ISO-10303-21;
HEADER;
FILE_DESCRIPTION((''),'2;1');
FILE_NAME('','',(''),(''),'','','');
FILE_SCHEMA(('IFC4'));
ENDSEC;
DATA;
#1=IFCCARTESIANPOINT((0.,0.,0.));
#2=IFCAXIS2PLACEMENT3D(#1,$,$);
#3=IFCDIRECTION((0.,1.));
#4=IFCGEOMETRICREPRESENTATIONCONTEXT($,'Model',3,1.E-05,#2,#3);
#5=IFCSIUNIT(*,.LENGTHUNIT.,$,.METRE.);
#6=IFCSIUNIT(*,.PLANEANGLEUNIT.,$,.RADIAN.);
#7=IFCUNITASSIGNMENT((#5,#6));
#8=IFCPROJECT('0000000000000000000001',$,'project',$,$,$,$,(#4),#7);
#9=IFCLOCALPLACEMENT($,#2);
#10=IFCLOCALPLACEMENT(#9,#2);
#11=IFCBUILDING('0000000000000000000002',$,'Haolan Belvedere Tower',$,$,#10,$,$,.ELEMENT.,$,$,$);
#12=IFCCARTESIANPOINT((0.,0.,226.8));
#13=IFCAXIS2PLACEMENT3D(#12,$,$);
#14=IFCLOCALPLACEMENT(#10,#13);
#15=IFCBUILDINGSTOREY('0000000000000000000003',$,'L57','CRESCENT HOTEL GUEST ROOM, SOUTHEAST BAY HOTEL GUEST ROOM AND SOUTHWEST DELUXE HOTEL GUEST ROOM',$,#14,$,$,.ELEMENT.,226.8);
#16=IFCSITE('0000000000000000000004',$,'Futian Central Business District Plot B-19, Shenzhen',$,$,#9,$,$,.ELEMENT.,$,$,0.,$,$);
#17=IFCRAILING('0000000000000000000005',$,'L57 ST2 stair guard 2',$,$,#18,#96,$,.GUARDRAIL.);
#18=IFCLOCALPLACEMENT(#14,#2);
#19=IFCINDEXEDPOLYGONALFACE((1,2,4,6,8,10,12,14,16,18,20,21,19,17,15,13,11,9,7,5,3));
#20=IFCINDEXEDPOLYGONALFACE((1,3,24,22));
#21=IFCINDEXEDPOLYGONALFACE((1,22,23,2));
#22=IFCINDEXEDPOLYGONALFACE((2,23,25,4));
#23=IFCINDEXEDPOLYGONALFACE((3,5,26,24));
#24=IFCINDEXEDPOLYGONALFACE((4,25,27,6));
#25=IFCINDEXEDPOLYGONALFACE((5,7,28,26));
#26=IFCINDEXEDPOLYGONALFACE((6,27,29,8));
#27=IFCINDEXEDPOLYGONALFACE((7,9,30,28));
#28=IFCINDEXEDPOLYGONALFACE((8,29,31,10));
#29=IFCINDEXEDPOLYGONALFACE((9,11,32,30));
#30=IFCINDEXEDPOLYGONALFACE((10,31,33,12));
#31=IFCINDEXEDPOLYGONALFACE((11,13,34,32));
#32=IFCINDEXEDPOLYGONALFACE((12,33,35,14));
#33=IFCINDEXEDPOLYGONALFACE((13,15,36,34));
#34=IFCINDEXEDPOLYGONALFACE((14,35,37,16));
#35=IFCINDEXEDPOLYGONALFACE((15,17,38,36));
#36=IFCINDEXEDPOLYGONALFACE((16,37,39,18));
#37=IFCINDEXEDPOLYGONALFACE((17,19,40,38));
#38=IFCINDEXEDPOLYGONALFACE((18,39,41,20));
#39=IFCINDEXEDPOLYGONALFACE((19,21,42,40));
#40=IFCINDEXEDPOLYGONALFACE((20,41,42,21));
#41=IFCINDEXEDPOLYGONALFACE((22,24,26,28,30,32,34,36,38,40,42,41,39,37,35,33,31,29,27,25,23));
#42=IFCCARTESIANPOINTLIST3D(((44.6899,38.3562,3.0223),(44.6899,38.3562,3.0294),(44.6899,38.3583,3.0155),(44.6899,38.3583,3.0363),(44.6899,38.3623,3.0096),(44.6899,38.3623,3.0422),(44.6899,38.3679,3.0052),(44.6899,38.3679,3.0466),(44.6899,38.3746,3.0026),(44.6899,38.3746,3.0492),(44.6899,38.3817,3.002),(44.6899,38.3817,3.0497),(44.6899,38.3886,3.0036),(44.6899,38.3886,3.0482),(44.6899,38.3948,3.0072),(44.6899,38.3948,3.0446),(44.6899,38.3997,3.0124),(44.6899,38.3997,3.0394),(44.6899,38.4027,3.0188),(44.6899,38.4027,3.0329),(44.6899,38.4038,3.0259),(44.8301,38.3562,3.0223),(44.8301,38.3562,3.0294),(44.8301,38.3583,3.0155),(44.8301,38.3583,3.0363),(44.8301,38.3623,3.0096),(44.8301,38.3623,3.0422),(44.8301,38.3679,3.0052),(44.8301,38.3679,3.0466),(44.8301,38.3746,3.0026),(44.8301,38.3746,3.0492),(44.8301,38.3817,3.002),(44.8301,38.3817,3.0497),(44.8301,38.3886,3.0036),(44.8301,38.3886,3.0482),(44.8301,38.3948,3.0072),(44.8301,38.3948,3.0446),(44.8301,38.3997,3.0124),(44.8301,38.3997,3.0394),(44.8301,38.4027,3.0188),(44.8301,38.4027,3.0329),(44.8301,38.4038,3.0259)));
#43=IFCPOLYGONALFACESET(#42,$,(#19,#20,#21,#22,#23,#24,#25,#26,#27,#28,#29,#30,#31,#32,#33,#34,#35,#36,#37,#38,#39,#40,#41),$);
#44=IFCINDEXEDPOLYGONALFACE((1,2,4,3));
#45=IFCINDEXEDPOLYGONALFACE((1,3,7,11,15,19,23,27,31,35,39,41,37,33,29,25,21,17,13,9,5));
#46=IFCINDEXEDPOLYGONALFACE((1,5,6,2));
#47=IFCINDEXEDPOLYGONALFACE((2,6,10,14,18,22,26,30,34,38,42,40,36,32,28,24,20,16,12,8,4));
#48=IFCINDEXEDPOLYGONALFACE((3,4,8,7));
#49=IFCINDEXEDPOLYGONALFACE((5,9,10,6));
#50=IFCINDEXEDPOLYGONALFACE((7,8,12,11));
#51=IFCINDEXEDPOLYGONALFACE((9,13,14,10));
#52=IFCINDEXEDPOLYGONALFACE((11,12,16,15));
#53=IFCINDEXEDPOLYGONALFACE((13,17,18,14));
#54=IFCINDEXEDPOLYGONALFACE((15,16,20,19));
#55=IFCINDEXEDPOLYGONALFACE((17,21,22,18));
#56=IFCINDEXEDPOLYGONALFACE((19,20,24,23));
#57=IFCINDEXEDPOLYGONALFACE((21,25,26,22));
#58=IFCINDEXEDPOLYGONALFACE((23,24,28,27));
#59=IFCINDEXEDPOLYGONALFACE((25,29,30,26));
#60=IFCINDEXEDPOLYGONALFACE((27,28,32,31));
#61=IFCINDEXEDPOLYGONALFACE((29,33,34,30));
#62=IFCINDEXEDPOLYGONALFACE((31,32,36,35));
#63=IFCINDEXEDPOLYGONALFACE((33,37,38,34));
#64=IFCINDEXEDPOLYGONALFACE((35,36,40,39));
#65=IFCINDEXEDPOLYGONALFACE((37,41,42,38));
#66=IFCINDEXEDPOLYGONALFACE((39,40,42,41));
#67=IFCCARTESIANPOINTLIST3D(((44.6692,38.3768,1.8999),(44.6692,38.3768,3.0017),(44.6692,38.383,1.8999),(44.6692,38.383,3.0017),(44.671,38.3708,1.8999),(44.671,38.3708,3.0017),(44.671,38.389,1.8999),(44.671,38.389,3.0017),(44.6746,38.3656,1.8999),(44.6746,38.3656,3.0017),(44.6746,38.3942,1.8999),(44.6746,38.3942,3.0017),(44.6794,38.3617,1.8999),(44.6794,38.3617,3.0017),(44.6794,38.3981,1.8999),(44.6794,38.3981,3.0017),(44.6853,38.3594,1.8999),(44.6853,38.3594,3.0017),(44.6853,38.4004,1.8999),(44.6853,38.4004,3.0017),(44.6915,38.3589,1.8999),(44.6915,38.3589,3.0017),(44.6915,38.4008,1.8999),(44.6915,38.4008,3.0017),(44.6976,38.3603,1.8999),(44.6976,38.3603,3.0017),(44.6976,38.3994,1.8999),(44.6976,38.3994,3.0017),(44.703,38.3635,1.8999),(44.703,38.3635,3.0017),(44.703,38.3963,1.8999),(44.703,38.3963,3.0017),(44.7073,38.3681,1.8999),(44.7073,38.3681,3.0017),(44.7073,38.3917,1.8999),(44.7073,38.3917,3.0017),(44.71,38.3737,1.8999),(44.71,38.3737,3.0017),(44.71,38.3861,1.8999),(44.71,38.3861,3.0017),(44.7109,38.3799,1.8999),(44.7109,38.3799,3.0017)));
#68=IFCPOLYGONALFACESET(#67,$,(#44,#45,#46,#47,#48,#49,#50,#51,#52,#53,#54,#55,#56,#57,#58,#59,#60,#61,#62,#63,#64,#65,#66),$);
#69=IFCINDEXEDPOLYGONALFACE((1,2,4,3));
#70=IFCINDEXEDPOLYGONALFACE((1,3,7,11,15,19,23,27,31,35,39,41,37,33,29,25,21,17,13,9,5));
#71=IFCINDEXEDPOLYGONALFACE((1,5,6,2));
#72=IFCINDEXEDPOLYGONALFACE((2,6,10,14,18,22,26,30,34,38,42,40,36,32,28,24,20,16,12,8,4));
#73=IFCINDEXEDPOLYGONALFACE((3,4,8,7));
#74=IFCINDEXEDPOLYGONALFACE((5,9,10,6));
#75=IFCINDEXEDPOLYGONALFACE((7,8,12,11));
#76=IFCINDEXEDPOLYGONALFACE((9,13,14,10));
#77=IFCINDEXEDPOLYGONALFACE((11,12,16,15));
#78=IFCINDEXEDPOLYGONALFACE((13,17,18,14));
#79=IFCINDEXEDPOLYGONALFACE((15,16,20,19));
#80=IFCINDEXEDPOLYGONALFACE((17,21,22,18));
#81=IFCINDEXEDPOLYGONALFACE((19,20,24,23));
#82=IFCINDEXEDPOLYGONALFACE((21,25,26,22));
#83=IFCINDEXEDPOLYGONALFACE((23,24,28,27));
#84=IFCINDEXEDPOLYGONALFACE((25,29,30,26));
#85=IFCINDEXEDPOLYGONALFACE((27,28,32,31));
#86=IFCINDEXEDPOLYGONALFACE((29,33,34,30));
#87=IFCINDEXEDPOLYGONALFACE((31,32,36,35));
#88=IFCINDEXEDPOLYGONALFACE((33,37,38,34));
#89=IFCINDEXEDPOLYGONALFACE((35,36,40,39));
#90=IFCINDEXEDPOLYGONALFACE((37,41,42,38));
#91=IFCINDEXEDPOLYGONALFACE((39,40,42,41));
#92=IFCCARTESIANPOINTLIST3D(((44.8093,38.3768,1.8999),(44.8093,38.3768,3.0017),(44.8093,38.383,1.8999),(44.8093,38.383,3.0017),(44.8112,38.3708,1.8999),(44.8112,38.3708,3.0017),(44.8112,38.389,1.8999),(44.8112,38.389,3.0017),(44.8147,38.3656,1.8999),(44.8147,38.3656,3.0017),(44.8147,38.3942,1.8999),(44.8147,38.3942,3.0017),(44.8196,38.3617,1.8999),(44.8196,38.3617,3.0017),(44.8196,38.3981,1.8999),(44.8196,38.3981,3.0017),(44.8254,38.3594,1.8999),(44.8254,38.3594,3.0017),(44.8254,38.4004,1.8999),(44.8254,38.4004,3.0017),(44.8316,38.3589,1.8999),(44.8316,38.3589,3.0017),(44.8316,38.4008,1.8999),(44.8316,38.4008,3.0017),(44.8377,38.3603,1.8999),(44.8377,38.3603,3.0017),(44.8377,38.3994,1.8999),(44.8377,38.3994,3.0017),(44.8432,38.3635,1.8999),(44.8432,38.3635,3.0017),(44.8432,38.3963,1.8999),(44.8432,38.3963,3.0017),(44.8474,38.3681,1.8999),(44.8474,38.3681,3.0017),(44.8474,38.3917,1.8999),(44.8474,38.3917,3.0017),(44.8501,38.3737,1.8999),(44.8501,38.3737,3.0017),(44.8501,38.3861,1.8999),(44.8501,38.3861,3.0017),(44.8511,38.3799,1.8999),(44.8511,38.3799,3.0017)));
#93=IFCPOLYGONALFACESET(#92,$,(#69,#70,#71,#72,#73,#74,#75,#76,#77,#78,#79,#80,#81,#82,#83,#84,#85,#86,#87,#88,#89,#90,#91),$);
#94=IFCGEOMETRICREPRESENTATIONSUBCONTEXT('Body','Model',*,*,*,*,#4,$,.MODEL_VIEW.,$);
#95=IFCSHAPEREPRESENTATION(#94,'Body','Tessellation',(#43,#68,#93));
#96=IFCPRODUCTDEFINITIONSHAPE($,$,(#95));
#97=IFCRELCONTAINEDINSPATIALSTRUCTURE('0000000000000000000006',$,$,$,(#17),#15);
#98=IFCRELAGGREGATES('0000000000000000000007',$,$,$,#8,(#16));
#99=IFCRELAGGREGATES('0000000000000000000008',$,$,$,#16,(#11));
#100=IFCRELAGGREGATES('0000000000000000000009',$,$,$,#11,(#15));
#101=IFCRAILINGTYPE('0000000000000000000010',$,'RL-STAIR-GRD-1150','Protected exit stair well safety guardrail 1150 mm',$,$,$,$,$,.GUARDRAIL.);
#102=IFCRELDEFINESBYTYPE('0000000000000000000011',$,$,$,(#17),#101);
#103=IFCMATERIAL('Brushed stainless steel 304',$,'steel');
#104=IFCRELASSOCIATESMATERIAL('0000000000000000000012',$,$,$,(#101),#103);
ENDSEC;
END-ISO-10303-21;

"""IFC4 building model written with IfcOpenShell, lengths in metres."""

from ifc_helpers import new_model, si_unit, direction, frame, origin, origin_2d, place, context, subcontext, project, spatial, circle, extrude, material, type_object, element, save


model = new_model("IFC4")

# Units and contexts
model_context = context("Model", 3, precision=1e-05, world=origin(), true_north=direction((0.0, 1.0)))
body_context = subcontext(model_context, "Body", "Model", "MODEL_VIEW")
ifc_project = project(units=[si_unit("LENGTHUNIT", "METRE"), si_unit("PLANEANGLEUNIT", "RADIAN")], contexts=[model_context])

# Site, building, storey
site_placement = place(None, origin())
site = spatial("IfcSite", under=ifc_project, at=site_placement, Name="Futian Central Business District Plot B-19, Shenzhen", CompositionType="ELEMENT", RefElevation=0.0)
building_placement = place(site_placement, origin())
building = spatial("IfcBuilding", under=site, at=building_placement, Name="Haolan Belvedere Tower", CompositionType="ELEMENT")
storey_placement = place(building_placement, frame((0.0, 0.0, 226.8)))
storey = spatial("IfcBuildingStorey", under=building, at=storey_placement, Name="L57", Description="CRESCENT HOTEL GUEST ROOM, SOUTHEAST BAY HOTEL GUEST ROOM AND SOUTHWEST DELUXE HOTEL GUEST ROOM", CompositionType="ELEMENT", Elevation=226.8)

# Railing
ifc_material_1 = material(Name="Brushed stainless steel 304", Category="steel")
railing_type_1 = type_object("IfcRailingType", Name="RL-STAIR-GRD-1150", Description="Protected exit stair well safety guardrail 1150 mm", PredefinedType="GUARDRAIL", material=ifc_material_1)
railing_1_placement = place(storey_placement, frame((44.6899, 38.3799, 1.8999)))
element("IfcRailing", 1, at=railing_1_placement, inside=storey, type_object=railing_type_1, Name="L57 ST2 stair guard 2", PredefinedType="GUARDRAIL", context=body_context, shape_type="SweptSolid", body=[
    extrude(circle(Radius=0.0239, at=origin_2d()), frame((0.0, 0.0, 1.126), z_axis=(1.0, 0.0, 0.0), x_axis=(0.0, 1.0, 0.0)), (0.0, 0.0, 1.0), 0.1401),
    extrude(circle(Radius=0.021, at=origin_2d()), origin(), (0.0, 0.0, 1.0), 1.1018),
    extrude(circle(Radius=0.021, at=origin_2d()), frame((0.1401, 0.0, 0.0)), (0.0, 0.0, 1.0), 1.1018),
])

save(model, "model.ifc")
